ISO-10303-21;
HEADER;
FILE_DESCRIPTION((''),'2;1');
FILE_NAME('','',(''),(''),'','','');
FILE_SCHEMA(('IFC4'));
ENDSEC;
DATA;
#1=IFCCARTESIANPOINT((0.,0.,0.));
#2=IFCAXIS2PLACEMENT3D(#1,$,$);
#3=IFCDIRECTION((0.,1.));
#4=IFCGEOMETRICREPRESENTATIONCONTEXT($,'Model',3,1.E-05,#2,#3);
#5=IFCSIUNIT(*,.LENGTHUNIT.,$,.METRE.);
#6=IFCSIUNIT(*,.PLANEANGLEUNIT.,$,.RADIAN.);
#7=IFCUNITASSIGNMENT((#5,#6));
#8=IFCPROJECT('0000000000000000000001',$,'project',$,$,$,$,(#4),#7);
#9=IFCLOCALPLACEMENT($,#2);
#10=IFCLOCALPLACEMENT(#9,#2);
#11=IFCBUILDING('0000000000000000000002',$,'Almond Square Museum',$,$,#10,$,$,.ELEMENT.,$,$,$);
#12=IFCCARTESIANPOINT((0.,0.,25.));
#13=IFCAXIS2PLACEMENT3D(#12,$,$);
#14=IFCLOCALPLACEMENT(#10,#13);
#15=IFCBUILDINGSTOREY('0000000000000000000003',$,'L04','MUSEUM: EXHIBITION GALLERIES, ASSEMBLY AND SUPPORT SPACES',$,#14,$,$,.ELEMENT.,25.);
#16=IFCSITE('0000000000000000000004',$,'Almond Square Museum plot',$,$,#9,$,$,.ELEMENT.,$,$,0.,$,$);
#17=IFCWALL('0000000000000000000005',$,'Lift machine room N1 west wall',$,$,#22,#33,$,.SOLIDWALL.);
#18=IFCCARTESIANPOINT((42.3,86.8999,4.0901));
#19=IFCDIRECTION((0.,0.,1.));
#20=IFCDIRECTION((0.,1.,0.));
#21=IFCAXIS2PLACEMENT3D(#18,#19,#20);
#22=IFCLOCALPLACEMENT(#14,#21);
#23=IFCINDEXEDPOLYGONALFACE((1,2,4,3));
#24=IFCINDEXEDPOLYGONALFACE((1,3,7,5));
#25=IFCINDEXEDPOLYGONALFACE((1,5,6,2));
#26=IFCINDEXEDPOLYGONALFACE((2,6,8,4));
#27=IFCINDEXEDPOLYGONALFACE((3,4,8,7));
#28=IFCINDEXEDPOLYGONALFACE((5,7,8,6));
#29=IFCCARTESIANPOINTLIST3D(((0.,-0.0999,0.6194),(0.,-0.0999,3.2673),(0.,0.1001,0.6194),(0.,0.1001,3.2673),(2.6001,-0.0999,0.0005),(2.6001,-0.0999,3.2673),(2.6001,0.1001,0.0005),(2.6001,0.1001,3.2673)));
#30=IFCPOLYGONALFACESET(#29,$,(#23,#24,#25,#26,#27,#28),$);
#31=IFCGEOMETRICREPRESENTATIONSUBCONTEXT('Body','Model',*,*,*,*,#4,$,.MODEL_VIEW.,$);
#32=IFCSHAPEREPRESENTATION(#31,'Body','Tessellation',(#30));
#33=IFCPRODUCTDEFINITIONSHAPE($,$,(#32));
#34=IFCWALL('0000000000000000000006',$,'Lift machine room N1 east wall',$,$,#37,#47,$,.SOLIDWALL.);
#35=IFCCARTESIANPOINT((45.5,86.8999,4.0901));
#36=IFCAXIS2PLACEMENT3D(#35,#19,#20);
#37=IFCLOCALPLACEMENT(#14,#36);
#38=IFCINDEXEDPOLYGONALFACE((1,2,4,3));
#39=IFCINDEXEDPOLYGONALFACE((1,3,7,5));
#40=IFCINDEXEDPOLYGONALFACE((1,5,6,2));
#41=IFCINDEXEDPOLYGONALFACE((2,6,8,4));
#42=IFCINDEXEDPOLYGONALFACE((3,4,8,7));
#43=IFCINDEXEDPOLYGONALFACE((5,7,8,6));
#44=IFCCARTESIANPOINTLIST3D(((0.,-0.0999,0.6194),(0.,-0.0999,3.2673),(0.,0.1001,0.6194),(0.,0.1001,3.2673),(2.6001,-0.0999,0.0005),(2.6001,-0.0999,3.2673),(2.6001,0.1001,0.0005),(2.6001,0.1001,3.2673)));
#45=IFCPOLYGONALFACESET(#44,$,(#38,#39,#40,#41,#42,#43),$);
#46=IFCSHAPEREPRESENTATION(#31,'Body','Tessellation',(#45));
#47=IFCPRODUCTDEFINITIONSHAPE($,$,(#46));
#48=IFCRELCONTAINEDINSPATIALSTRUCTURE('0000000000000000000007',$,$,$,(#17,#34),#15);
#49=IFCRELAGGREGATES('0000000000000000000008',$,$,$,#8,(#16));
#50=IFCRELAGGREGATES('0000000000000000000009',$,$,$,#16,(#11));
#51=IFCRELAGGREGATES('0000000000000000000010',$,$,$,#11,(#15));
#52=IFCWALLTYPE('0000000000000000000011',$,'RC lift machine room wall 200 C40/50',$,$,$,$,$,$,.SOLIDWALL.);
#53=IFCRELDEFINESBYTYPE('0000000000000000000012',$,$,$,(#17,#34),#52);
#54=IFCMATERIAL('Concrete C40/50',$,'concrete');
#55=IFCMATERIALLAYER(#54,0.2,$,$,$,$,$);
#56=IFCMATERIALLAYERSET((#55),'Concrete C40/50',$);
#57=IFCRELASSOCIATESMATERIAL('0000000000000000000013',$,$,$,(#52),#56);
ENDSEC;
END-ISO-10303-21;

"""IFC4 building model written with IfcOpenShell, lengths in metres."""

from ifc_helpers import new_model, si_unit, direction, frame, origin, place, context, subcontext, project, spatial, polyline, outline, extrude, material, layer, layer_set, type_object, element, save


model = new_model("IFC4")

# Units and contexts
model_context = context("Model", 3, precision=1e-05, world=origin(), true_north=direction((0.0, 1.0)))
body_context = subcontext(model_context, "Body", "Model", "MODEL_VIEW")
ifc_project = project(units=[si_unit("LENGTHUNIT", "METRE"), si_unit("PLANEANGLEUNIT", "RADIAN")], contexts=[model_context])

# Site, building, storey
site_placement = place(None, origin())
site = spatial("IfcSite", under=ifc_project, at=site_placement, Name="Almond Square Museum plot", CompositionType="ELEMENT", RefElevation=0.0)
building_placement = place(site_placement, origin())
building = spatial("IfcBuilding", under=site, at=building_placement, Name="Almond Square Museum", CompositionType="ELEMENT")
storey_placement = place(building_placement, frame((0.0, 0.0, 25.0)))
storey = spatial("IfcBuildingStorey", under=building, at=storey_placement, Name="L04", Description="MUSEUM: EXHIBITION GALLERIES, ASSEMBLY AND SUPPORT SPACES", CompositionType="ELEMENT", Elevation=25.0)

# Walls
ifc_material_1 = material(Name="Concrete C40/50", Category="concrete")
ifc_layer = layer(ifc_material_1, 0.2)
ifc_layer_set = layer_set([ifc_layer], Name="Concrete C40/50")
wall_type = type_object("IfcWallType", Name="RC lift machine room wall 200 C40/50", PredefinedType="SOLIDWALL", material=ifc_layer_set)
for number, where, z_axis, x_axis, name in (
    (1, (42.3, 86.8999, 4.0901), (0.0, 0.0, 1.0), (0.0, 1.0, 0.0), "Lift machine room N1 west wall"),
    (2, (45.5, 86.8999, 4.0901), (0.0, 0.0, 1.0), (0.0, 1.0, 0.0), "Lift machine room N1 east wall"),
):
    element("IfcWall", number, at=place(storey_placement, frame(where, z_axis=z_axis, x_axis=x_axis)), inside=storey, type_object=wall_type, Name=name, PredefinedType="SOLIDWALL", context=body_context, shape_type="SweptSolid", body=[
        extrude(outline(polyline([(0.0, 0.6194), (2.6001, 0.0005), (2.6001, 3.2673), (0.0, 3.2673), (0.0, 0.6194)])), frame((0.0, 0.1001, 0.0), z_axis=(0.0, -1.0, 0.0), x_axis=(1.0, 0.0, 0.0)), (0.0, 0.0, 1.0), 0.2),
    ])

save(model, "model.ifc")
